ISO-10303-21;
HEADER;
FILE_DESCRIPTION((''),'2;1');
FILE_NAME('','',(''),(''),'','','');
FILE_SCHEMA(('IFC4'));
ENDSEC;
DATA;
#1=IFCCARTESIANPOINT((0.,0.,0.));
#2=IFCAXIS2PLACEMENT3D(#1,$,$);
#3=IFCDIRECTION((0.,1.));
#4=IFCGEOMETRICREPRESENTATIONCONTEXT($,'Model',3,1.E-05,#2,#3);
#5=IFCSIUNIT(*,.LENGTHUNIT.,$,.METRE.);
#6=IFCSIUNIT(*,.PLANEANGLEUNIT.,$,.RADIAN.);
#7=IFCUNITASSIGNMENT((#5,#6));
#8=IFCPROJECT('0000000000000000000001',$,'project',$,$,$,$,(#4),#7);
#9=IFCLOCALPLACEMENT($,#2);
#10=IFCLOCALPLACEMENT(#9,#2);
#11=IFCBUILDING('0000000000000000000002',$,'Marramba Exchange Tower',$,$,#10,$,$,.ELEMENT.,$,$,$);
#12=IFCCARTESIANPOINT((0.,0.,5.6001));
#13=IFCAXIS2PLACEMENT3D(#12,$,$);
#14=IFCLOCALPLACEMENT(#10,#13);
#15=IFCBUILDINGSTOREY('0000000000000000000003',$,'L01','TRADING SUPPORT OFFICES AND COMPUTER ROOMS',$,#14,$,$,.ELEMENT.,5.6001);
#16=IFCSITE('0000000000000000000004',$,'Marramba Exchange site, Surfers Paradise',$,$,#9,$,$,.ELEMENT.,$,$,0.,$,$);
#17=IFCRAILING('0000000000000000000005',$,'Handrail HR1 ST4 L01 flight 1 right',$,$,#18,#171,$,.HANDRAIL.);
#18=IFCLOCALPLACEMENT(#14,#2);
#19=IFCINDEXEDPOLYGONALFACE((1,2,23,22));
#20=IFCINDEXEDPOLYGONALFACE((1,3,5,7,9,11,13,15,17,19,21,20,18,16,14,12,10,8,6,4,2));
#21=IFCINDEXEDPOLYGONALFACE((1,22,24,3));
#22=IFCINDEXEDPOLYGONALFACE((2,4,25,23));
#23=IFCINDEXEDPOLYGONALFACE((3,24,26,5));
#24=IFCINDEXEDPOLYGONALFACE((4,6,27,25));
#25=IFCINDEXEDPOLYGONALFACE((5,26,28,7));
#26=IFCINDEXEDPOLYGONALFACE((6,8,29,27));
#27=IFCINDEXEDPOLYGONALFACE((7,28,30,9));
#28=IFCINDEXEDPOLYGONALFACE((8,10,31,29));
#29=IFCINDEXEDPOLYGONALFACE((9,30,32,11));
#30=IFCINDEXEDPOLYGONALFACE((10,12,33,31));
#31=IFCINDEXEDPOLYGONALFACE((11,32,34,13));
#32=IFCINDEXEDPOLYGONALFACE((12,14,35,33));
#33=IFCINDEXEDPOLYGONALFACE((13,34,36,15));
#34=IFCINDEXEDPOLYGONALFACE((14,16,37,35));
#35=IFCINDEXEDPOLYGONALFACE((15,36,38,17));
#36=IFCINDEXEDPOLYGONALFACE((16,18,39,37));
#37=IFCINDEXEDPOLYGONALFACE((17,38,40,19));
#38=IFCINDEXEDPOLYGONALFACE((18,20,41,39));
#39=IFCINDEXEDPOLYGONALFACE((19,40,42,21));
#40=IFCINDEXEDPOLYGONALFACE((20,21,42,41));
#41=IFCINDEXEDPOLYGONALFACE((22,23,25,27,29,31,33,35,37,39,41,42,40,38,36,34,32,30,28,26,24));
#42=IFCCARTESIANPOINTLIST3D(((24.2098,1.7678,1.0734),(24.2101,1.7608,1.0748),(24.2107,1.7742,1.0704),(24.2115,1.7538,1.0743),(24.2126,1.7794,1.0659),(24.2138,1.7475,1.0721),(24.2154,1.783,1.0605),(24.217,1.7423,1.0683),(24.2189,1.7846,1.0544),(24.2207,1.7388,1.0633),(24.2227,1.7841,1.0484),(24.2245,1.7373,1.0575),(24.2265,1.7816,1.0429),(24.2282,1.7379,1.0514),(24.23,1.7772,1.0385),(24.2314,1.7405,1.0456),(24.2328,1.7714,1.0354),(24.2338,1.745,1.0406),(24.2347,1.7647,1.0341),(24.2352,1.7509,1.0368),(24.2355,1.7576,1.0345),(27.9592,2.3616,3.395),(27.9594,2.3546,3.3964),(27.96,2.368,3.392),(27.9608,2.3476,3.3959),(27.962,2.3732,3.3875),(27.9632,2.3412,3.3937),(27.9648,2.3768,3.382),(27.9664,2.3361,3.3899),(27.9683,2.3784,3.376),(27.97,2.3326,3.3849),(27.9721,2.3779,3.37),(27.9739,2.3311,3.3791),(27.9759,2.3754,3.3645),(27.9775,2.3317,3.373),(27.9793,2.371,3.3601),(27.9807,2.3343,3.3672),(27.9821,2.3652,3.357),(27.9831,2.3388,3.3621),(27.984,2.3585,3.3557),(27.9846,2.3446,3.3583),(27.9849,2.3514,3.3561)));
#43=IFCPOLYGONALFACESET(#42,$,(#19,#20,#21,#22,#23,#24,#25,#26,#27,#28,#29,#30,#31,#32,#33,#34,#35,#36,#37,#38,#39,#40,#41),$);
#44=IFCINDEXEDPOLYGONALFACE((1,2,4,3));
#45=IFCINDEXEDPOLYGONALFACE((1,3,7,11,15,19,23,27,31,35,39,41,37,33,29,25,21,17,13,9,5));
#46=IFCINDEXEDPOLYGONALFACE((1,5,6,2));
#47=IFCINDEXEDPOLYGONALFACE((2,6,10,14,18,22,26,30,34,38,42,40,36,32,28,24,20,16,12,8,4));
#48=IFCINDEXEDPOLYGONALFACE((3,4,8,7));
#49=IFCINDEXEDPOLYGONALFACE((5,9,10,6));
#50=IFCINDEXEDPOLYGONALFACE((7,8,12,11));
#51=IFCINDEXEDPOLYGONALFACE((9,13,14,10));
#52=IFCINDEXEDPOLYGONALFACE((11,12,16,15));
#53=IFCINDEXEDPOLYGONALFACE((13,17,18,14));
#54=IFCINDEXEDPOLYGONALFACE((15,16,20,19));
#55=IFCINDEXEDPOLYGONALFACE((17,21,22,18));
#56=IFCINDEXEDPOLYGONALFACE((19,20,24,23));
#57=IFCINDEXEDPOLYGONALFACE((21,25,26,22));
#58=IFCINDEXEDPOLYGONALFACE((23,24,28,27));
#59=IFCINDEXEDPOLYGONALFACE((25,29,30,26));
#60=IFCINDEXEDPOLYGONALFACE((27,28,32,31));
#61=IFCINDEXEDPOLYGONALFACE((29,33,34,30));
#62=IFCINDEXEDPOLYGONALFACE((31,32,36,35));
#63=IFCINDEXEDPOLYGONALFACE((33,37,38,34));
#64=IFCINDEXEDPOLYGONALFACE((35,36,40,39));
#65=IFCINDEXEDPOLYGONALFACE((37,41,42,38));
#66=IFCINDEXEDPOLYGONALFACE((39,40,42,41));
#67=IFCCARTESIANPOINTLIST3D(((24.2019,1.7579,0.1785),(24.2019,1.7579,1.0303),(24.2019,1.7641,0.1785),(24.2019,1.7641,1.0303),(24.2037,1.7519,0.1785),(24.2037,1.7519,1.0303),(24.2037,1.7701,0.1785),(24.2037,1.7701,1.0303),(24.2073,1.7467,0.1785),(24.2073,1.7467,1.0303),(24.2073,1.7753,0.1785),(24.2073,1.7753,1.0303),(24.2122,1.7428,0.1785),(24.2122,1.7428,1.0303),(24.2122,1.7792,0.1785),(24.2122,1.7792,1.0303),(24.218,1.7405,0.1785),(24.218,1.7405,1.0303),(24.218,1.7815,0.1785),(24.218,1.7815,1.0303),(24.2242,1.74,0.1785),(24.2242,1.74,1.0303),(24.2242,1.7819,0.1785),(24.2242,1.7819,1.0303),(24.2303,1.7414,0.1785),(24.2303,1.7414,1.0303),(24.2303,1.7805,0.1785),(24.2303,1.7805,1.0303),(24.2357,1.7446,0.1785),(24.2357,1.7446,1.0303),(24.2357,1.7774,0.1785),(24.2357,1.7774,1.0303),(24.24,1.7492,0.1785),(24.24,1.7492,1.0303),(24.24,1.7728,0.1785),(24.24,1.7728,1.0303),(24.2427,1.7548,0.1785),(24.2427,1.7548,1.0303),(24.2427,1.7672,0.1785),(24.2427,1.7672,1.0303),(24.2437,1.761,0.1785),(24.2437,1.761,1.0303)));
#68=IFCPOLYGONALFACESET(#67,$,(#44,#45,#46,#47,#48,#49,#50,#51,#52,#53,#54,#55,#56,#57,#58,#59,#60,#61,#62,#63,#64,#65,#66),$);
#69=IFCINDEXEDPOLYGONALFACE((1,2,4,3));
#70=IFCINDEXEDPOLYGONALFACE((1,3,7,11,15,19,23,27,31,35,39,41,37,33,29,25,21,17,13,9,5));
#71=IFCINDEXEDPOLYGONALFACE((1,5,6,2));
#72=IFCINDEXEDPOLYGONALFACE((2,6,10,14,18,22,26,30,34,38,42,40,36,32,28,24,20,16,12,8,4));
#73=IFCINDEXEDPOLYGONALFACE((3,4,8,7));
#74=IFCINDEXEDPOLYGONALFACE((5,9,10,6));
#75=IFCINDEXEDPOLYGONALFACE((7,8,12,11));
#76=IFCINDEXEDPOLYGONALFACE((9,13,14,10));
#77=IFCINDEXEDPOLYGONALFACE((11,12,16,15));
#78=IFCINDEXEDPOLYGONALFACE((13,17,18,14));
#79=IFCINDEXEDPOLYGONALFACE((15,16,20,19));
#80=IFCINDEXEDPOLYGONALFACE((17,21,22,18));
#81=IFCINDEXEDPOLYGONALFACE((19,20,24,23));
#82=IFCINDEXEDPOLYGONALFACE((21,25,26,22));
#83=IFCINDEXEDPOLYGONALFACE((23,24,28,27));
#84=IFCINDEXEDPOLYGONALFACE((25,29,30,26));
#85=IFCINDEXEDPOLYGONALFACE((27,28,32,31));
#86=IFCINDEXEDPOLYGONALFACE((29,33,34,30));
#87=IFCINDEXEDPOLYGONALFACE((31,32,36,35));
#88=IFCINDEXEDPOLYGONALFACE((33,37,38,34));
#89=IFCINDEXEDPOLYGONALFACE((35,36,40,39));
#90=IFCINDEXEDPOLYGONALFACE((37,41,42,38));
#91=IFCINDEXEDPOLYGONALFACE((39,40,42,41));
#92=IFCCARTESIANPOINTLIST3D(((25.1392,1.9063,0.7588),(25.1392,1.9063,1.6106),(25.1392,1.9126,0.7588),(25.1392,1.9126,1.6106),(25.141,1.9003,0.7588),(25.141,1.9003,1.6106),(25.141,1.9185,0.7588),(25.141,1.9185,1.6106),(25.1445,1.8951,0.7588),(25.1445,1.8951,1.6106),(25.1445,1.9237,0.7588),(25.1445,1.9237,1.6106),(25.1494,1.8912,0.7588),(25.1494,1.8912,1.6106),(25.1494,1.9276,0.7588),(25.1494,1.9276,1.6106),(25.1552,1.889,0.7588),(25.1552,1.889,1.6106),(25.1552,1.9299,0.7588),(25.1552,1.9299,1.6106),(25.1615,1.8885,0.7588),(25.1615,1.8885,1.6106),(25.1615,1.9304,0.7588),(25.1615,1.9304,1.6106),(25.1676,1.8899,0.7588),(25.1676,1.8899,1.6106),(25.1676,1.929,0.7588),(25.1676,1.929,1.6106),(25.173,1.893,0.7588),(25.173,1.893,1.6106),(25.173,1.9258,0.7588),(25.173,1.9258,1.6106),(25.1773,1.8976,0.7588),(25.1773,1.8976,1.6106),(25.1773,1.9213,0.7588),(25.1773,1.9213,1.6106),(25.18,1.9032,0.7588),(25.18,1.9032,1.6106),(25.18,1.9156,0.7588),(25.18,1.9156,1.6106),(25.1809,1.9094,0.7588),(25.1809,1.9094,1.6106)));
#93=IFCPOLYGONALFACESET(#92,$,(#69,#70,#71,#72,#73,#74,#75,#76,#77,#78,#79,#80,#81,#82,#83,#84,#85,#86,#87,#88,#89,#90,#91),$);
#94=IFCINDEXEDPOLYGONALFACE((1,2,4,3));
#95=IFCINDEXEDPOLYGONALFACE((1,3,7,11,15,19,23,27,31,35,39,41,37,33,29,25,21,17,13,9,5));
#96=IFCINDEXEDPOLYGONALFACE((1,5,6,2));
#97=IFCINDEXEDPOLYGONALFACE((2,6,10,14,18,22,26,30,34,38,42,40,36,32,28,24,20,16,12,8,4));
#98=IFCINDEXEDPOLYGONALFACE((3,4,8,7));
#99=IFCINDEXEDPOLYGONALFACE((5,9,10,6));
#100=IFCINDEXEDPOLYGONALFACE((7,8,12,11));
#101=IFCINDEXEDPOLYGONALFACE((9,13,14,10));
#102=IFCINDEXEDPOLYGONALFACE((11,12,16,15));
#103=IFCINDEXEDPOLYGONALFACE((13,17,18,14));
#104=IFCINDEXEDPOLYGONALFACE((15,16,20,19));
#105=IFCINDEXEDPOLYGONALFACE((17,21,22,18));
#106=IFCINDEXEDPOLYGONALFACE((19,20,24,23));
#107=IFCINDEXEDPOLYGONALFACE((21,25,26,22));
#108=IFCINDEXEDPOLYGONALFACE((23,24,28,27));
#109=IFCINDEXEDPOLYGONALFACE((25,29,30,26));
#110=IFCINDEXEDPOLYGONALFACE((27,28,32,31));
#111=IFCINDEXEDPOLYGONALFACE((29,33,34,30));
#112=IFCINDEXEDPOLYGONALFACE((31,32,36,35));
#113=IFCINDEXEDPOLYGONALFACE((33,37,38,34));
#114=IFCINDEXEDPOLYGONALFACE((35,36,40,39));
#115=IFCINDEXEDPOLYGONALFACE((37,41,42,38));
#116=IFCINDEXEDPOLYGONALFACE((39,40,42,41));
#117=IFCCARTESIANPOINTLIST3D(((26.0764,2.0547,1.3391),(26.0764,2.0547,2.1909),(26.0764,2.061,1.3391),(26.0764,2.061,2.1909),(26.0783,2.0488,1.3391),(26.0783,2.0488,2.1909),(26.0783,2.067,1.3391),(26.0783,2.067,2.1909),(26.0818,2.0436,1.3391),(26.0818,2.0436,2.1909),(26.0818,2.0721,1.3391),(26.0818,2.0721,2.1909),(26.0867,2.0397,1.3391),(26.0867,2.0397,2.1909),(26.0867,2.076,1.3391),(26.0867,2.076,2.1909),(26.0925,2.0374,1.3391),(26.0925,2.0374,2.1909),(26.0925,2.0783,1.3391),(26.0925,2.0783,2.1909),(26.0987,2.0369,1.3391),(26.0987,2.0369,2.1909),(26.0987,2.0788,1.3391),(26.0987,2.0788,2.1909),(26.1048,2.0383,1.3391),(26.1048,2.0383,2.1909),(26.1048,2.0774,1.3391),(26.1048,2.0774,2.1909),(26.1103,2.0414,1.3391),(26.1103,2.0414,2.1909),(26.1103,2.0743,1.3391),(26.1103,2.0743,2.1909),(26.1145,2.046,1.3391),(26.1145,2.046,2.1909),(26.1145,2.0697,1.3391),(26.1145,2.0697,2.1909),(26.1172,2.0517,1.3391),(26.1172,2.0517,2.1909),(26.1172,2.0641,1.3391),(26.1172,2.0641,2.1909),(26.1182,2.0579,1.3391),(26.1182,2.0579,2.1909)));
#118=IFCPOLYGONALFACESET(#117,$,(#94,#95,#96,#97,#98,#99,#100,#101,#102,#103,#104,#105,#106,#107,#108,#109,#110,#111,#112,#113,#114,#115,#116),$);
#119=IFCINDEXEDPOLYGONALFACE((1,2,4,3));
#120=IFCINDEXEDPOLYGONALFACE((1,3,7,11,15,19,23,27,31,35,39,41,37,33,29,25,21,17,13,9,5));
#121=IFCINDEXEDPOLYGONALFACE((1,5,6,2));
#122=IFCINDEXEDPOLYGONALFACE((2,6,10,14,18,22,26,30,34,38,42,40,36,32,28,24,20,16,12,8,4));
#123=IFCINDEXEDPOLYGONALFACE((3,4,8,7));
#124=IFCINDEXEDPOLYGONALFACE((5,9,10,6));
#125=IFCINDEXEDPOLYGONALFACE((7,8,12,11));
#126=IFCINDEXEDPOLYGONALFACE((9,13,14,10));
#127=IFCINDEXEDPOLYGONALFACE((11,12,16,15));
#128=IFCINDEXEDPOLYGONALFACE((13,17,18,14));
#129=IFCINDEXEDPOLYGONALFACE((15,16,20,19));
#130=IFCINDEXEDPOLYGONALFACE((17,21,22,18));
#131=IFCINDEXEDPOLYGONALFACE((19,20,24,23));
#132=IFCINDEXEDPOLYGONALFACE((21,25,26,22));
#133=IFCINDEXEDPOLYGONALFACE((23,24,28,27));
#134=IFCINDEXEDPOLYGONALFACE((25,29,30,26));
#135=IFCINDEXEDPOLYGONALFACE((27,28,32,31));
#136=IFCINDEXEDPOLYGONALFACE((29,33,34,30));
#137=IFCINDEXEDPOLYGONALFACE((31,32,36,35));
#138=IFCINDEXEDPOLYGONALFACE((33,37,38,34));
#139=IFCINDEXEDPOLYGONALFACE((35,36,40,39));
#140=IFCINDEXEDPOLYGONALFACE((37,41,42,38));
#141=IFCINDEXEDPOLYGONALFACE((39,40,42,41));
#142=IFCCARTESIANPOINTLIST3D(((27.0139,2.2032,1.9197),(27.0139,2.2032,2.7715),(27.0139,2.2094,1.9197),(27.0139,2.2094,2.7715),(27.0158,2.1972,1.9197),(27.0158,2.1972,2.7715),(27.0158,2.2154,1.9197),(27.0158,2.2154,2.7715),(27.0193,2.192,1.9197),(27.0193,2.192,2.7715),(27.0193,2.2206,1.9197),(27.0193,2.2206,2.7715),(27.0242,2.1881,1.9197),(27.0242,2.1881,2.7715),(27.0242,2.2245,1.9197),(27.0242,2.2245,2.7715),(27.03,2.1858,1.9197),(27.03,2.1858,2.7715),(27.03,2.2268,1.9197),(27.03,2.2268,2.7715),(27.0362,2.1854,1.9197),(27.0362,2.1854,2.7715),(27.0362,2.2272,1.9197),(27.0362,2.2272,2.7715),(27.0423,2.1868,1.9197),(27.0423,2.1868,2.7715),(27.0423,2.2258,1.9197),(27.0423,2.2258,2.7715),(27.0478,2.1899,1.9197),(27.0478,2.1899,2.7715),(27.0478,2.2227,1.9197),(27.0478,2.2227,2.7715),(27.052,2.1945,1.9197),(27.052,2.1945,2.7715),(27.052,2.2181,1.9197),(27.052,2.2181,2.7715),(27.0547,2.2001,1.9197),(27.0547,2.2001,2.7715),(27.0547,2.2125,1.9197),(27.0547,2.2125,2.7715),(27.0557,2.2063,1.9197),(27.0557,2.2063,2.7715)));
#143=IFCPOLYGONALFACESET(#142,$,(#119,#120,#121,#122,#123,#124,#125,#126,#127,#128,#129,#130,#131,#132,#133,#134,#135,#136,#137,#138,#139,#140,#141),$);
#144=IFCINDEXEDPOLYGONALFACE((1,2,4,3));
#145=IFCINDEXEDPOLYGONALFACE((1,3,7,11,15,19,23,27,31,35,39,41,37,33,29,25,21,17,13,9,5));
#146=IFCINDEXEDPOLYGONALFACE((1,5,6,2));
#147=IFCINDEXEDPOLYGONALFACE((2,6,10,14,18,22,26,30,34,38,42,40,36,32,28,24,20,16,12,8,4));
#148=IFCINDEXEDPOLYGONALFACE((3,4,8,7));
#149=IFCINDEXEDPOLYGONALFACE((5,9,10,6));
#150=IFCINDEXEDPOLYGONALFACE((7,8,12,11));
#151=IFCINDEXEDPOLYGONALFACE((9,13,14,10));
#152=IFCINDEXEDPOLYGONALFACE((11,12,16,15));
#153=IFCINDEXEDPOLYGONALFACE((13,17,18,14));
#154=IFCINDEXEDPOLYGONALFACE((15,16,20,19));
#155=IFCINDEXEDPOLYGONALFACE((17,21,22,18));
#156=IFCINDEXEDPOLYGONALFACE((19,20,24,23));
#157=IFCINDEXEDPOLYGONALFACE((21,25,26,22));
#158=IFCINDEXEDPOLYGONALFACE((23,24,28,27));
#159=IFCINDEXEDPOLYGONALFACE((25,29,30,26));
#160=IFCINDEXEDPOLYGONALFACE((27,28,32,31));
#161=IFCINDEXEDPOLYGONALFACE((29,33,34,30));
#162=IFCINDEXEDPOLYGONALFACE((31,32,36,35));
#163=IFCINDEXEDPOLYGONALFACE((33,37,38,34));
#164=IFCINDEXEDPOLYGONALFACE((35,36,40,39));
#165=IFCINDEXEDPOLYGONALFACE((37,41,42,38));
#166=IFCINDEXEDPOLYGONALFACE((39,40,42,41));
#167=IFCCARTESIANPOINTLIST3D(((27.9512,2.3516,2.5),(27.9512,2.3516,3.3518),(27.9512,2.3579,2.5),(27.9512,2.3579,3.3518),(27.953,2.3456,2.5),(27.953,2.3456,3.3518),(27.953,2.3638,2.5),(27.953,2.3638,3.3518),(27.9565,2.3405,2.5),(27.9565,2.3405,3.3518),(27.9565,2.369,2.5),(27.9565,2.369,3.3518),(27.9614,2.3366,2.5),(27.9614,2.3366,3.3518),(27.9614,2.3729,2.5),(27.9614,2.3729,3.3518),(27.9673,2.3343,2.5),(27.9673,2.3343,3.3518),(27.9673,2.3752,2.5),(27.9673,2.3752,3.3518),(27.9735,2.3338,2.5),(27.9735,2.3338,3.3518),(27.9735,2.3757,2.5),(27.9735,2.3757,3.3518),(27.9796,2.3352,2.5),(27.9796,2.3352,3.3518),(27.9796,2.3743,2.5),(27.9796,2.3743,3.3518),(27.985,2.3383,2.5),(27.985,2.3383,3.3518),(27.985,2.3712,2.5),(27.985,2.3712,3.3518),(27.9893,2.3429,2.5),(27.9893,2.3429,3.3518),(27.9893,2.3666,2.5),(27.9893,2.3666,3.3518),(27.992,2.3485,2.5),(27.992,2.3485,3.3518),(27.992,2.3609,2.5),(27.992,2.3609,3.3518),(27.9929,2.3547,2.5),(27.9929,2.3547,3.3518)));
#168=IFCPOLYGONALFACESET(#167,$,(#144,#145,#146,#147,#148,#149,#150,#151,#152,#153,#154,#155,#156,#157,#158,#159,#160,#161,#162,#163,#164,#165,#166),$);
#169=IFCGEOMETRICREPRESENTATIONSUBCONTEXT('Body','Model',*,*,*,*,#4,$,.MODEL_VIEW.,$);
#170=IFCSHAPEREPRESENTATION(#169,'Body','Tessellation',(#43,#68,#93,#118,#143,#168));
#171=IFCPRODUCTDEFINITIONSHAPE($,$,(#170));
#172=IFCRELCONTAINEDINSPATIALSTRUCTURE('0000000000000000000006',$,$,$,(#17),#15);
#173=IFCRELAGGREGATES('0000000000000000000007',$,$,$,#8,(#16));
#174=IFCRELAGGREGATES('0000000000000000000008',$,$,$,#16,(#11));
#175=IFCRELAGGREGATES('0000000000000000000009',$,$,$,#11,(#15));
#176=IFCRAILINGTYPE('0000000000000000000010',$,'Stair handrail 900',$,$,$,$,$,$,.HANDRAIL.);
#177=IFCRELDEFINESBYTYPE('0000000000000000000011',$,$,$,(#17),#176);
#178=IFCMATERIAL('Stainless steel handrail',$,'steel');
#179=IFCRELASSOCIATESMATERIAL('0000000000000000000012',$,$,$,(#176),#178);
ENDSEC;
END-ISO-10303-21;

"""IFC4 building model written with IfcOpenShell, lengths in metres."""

from ifc_helpers import new_model, si_unit, direction, frame, origin, origin_2d, place, context, subcontext, project, spatial, circle, extrude, material, type_object, element, save


model = new_model("IFC4")

# Units and contexts
model_context = context("Model", 3, precision=1e-05, world=origin(), true_north=direction((0.0, 1.0)))
body_context = subcontext(model_context, "Body", "Model", "MODEL_VIEW")
ifc_project = project(units=[si_unit("LENGTHUNIT", "METRE"), si_unit("PLANEANGLEUNIT", "RADIAN")], contexts=[model_context])

# Site, building, storey
site_placement = place(None, origin())
site = spatial("IfcSite", under=ifc_project, at=site_placement, Name="Marramba Exchange site, Surfers Paradise", CompositionType="ELEMENT", RefElevation=0.0)
building_placement = place(site_placement, origin())
building = spatial("IfcBuilding", under=site, at=building_placement, Name="Marramba Exchange Tower", CompositionType="ELEMENT")
storey_placement = place(building_placement, frame((0.0, 0.0, 5.6001)))
storey = spatial("IfcBuildingStorey", under=building, at=storey_placement, Name="L01", Description="TRADING SUPPORT OFFICES AND COMPUTER ROOMS", CompositionType="ELEMENT", Elevation=5.6001)

# Railing
ifc_material_1 = material(Name="Stainless steel handrail", Category="steel")
railing_type = type_object("IfcRailingType", Name="Stair handrail 900", PredefinedType="HANDRAIL", material=ifc_material_1)
railing_1_placement = place(storey_placement, frame((24.2227, 1.761, 0.1785)))
element("IfcRailing", 1, at=railing_1_placement, inside=storey, type_object=railing_type, Name="Handrail HR1 ST4 L01 flight 1 right", PredefinedType="HANDRAIL", context=body_context, shape_type="SweptSolid", body=[
    extrude(circle(Radius=0.0239, at=origin_2d()), frame((0.0, 0.0, 0.876), z_axis=(0.842605, 0.133439, 0.521738), x_axis=(-0.156415, 0.987691, 0.0)), (0.0, 0.0, 1.0), 4.4497),
    extrude(circle(Radius=0.021, at=origin_2d()), origin(), (0.0, 0.0, 1.0), 0.8518),
    extrude(circle(Radius=0.021, at=origin_2d()), frame((0.9373, 0.1484, 0.5803)), (0.0, 0.0, 1.0), 0.8518),
    extrude(circle(Radius=0.021, at=origin_2d()), frame((1.8745, 0.2969, 1.1606)), (0.0, 0.0, 1.0), 0.8518),
    extrude(circle(Radius=0.021, at=origin_2d()), frame((2.812, 0.4453, 1.7412)), (0.0, 0.0, 1.0), 0.8518),
    extrude(circle(Radius=0.021, at=origin_2d()), frame((3.7493, 0.5938, 2.3215)), (0.0, 0.0, 1.0), 0.8518),
])

save(model, "model.ifc")
